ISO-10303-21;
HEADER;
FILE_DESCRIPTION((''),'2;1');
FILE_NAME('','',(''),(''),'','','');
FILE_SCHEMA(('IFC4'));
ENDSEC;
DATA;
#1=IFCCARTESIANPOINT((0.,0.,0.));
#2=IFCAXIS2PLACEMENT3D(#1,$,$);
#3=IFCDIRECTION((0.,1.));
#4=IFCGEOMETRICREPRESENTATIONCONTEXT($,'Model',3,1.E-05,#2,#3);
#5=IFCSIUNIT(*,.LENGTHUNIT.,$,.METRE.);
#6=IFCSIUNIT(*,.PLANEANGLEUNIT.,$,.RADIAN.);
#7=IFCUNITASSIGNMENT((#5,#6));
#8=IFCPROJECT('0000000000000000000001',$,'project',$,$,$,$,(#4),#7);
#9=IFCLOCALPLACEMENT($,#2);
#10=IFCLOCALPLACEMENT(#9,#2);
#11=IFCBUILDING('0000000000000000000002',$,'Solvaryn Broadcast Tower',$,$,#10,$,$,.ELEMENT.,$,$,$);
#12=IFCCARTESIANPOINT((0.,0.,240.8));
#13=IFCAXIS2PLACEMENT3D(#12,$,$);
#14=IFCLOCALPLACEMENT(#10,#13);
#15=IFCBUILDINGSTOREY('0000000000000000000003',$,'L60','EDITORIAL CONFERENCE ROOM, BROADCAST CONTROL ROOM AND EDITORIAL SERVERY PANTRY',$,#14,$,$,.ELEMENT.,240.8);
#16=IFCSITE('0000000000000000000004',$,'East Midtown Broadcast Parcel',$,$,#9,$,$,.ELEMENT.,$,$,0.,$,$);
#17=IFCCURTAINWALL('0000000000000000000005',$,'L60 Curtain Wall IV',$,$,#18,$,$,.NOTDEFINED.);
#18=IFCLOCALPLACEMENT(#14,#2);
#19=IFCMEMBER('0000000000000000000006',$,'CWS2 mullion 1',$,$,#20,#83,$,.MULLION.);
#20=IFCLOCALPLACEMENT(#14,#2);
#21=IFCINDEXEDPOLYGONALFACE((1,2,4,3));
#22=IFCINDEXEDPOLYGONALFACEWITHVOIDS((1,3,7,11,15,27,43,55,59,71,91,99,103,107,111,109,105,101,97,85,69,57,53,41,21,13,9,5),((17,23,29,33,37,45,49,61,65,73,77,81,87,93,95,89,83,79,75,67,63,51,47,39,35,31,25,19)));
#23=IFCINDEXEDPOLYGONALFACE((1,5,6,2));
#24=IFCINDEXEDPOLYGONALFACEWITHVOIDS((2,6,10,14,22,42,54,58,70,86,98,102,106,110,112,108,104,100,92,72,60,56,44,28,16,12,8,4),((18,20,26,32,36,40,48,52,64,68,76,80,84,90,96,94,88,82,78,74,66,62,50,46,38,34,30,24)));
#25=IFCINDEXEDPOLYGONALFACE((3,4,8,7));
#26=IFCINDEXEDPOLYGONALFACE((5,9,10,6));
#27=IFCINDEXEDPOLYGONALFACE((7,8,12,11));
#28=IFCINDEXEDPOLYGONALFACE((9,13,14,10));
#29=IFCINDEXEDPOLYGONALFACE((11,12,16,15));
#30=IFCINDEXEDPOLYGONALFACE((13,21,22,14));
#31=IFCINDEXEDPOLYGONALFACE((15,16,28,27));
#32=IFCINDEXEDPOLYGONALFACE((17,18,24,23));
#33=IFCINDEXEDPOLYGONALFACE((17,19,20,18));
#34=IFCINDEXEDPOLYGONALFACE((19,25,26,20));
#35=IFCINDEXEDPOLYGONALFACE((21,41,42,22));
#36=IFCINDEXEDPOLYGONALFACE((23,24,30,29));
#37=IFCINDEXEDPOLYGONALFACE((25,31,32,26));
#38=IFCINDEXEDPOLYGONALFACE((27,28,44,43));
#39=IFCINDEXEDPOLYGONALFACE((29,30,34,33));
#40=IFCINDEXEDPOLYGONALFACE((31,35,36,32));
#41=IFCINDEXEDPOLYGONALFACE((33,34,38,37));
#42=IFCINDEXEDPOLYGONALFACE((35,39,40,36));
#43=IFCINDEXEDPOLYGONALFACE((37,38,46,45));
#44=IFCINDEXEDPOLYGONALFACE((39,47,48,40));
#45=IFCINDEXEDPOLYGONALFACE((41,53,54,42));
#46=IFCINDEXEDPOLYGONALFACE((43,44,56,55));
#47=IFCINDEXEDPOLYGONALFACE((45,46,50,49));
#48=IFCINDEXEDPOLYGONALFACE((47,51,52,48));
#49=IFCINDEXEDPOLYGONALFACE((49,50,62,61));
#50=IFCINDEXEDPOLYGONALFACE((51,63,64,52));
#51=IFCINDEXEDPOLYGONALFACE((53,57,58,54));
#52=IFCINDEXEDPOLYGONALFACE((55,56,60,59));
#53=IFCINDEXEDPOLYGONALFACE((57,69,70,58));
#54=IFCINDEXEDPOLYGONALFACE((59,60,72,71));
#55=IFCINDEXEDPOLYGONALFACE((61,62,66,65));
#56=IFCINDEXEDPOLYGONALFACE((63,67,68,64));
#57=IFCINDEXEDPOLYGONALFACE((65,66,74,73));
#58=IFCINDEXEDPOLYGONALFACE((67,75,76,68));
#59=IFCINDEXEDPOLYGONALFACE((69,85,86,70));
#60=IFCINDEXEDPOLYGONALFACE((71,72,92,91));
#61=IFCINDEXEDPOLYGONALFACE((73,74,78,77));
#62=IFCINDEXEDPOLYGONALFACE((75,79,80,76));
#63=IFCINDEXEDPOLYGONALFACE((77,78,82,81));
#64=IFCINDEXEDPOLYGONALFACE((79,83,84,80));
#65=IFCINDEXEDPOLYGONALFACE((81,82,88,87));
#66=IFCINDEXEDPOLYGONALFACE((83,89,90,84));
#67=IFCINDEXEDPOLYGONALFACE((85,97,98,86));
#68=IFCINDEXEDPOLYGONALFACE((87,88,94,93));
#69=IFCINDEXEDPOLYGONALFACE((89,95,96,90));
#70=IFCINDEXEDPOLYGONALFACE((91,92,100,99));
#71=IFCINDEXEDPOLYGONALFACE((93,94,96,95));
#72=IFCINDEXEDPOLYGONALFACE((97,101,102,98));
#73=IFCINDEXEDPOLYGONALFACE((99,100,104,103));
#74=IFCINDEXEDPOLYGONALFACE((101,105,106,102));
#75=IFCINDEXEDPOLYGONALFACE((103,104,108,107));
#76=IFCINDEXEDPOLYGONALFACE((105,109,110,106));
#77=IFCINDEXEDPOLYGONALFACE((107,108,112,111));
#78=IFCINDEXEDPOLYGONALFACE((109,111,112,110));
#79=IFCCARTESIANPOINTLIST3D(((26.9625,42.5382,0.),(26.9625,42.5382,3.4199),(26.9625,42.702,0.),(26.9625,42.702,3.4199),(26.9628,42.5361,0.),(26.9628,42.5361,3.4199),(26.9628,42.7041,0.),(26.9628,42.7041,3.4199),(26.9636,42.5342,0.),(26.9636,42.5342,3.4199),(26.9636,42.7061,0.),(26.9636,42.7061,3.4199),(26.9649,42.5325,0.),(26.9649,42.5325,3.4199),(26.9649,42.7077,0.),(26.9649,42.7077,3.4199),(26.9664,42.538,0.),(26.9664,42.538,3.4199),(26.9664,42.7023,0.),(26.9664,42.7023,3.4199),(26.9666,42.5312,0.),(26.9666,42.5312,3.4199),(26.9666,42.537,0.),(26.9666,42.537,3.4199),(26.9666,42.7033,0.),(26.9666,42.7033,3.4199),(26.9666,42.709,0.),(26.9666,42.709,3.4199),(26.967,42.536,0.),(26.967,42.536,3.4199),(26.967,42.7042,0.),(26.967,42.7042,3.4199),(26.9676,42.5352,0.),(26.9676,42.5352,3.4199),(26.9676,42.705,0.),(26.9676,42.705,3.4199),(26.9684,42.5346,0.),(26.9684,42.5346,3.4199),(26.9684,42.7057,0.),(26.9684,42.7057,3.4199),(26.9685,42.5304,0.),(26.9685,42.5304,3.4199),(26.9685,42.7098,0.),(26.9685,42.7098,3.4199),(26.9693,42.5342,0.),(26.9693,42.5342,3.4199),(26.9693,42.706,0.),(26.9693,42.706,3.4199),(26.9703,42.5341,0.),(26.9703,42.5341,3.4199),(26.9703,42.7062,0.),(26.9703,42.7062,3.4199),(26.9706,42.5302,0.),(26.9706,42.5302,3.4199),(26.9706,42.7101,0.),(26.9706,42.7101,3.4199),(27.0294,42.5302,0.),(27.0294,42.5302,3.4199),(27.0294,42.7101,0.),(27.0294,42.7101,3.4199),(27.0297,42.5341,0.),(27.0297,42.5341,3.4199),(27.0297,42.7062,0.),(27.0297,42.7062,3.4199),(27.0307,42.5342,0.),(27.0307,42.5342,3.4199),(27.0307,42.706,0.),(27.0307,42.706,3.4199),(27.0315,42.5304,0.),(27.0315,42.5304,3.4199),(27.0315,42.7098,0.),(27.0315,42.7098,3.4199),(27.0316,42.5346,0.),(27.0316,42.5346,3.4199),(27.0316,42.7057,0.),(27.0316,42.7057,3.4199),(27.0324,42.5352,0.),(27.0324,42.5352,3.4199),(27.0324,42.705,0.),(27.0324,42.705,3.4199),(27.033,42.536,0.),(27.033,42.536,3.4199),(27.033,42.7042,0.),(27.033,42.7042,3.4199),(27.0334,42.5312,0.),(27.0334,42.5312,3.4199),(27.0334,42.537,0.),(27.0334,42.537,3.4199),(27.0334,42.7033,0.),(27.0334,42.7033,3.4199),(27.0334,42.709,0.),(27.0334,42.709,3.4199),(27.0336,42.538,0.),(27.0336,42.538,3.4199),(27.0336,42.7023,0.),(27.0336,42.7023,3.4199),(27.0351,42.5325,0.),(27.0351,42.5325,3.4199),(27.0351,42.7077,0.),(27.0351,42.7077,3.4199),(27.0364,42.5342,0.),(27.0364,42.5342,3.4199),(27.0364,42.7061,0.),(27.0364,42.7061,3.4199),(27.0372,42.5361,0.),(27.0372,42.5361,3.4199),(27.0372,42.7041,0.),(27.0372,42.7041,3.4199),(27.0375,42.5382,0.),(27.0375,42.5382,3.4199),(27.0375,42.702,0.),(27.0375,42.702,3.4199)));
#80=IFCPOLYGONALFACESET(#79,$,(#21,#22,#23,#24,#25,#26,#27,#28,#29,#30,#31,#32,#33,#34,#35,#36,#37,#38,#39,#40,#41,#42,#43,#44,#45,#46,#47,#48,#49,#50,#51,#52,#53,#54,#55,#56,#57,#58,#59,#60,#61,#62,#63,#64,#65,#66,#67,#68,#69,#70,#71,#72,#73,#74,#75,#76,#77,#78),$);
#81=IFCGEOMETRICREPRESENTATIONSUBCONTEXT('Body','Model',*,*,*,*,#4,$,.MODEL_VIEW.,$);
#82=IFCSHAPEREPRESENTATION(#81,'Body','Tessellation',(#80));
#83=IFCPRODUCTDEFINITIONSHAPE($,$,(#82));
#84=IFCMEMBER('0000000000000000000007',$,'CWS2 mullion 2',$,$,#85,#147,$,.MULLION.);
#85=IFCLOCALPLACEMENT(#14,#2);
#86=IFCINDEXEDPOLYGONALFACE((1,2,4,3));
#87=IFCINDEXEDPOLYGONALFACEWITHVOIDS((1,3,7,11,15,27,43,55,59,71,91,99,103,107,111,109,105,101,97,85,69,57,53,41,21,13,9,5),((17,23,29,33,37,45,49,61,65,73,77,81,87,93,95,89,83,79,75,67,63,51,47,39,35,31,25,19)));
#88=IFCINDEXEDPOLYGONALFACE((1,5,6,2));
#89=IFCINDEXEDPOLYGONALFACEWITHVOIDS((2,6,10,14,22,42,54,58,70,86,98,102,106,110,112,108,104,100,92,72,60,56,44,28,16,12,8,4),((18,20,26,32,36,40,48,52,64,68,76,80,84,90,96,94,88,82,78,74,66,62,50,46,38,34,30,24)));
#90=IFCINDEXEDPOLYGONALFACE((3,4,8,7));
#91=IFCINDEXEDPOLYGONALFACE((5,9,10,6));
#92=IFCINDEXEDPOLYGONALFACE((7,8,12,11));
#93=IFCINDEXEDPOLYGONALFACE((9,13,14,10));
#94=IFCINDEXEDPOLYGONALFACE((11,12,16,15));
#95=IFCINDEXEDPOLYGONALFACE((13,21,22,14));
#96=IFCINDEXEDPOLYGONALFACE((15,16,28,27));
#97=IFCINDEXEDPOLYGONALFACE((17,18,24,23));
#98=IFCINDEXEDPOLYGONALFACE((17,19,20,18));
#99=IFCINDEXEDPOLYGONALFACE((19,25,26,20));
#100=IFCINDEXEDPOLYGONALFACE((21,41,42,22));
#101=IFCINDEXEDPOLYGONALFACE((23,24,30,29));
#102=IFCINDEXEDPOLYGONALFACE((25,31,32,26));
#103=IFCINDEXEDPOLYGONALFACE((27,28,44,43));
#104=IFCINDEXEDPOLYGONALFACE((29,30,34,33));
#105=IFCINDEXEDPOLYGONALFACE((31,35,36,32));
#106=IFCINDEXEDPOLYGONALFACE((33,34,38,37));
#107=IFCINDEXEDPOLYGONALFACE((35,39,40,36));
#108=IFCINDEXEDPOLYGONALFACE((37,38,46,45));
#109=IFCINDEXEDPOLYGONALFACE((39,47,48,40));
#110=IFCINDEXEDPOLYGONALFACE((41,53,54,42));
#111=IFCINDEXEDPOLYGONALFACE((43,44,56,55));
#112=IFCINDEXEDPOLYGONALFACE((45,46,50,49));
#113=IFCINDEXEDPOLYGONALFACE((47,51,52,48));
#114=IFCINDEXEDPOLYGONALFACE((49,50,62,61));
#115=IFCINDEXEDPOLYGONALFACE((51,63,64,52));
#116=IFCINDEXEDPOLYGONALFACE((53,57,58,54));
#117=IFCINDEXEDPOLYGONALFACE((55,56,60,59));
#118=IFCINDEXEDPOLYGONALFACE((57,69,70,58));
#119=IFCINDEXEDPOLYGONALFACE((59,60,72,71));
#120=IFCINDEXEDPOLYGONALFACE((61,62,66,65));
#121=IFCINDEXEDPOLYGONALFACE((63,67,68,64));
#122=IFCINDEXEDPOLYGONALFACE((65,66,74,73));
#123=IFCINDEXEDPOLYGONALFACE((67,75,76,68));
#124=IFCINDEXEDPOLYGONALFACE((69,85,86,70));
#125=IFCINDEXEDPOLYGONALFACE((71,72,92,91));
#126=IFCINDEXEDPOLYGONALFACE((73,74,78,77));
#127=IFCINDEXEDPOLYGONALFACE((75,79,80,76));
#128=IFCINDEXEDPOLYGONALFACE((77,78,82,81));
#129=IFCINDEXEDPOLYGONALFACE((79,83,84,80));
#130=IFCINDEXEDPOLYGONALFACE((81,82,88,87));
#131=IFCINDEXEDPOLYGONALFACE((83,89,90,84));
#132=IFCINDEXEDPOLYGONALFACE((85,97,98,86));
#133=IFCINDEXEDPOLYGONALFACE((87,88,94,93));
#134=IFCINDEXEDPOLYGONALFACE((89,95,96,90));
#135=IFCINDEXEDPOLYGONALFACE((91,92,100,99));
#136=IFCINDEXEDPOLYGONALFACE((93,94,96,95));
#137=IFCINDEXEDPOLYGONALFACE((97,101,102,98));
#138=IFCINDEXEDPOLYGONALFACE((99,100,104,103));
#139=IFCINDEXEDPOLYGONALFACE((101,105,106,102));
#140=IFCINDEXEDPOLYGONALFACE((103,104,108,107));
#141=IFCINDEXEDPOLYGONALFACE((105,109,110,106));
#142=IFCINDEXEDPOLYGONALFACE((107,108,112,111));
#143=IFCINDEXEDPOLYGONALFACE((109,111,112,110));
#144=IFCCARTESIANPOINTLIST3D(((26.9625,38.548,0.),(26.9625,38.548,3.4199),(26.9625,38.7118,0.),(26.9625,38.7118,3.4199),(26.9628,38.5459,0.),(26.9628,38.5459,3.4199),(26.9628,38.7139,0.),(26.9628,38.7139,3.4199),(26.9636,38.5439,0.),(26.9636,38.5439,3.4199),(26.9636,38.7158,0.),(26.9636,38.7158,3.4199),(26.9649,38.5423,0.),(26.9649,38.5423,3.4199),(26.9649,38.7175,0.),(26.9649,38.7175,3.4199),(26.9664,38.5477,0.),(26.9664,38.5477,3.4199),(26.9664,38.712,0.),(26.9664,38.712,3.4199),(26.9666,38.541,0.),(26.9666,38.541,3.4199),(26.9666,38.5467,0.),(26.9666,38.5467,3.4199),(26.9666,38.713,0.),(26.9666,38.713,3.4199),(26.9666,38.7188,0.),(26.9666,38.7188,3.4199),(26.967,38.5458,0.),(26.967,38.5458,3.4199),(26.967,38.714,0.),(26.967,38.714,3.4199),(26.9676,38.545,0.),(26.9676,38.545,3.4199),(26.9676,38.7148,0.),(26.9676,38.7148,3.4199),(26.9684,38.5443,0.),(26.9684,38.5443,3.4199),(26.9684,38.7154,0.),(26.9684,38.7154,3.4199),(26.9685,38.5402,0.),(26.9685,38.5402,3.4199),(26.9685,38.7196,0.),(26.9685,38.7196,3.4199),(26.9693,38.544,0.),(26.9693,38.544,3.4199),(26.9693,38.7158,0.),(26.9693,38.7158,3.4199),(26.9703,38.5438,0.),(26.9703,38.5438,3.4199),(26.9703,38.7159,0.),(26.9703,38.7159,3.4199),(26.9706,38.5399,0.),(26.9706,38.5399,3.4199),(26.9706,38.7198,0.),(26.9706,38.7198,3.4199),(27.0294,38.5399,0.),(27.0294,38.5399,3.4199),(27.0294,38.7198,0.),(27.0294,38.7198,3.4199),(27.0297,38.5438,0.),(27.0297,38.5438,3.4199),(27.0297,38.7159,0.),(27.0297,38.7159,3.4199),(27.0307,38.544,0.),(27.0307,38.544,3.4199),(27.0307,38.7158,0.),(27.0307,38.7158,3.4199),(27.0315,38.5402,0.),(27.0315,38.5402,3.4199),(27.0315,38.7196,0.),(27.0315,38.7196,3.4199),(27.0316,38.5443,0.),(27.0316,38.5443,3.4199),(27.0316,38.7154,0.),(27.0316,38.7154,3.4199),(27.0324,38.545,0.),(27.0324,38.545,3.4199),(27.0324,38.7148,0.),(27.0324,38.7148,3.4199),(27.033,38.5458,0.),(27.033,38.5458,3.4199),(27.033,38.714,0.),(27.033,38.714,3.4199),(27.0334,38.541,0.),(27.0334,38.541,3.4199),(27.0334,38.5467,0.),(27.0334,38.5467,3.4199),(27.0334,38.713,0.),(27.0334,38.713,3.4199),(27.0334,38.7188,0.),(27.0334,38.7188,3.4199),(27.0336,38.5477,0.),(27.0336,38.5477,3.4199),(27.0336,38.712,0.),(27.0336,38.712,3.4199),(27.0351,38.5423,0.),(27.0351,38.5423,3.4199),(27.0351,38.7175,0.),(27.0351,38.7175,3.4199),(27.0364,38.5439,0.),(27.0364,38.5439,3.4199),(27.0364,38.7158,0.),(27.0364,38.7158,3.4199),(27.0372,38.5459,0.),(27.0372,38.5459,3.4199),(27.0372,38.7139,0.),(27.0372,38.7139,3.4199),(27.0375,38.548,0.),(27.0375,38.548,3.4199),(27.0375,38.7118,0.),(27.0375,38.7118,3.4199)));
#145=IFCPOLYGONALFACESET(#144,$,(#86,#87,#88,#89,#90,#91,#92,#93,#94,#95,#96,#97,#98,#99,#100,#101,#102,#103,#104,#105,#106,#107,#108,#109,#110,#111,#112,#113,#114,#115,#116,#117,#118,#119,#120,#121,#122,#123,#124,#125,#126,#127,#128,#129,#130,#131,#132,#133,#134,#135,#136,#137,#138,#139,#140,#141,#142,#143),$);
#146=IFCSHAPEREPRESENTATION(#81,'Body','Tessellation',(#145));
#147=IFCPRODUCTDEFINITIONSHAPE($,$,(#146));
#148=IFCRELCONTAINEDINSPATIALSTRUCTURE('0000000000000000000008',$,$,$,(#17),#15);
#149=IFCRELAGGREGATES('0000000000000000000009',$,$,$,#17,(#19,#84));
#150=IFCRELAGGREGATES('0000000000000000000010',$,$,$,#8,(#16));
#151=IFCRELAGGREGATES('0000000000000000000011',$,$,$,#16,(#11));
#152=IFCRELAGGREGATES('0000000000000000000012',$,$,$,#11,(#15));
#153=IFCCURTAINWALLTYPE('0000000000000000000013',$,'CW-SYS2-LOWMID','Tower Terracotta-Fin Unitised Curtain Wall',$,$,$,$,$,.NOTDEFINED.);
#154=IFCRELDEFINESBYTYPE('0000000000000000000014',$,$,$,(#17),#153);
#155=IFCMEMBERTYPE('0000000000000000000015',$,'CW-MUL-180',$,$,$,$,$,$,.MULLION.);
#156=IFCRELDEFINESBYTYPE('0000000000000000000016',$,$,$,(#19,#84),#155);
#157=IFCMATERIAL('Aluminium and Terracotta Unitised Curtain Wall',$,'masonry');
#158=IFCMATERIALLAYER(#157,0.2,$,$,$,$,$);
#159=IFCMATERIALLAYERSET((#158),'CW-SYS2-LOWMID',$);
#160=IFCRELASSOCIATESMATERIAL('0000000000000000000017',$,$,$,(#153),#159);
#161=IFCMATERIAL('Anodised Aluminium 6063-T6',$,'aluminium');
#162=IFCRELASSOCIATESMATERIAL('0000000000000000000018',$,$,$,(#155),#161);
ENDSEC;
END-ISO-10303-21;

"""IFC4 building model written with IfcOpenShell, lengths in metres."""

from ifc_helpers import new_model, si_unit, direction, frame, origin, origin_2d, place, context, subcontext, project, spatial, hollow_rectangle, extrude, material, layer, layer_set, material_profile, profile_set, type_object, element, aggregate, save


model = new_model("IFC4")

# Units and contexts
model_context = context("Model", 3, precision=1e-05, world=origin(), true_north=direction((0.0, 1.0)))
body_context = subcontext(model_context, "Body", "Model", "MODEL_VIEW")
ifc_project = project(units=[si_unit("LENGTHUNIT", "METRE"), si_unit("PLANEANGLEUNIT", "RADIAN")], contexts=[model_context])

# Site, building, storey
site_placement = place(None, origin())
site = spatial("IfcSite", under=ifc_project, at=site_placement, Name="East Midtown Broadcast Parcel", CompositionType="ELEMENT", RefElevation=0.0)
building_placement = place(site_placement, origin())
building = spatial("IfcBuilding", under=site, at=building_placement, Name="Solvaryn Broadcast Tower", CompositionType="ELEMENT")
storey_placement = place(building_placement, frame((0.0, 0.0, 240.8)))
storey = spatial("IfcBuildingStorey", under=building, at=storey_placement, Name="L60", Description="EDITORIAL CONFERENCE ROOM, BROADCAST CONTROL ROOM AND EDITORIAL SERVERY PANTRY", CompositionType="ELEMENT", Elevation=240.8)

# Curtain wall, members
ifc_material_1 = material(Name="Aluminium and Terracotta Unitised Curtain Wall", Category="masonry")
ifc_layer_1 = layer(ifc_material_1, 0.2)
ifc_layer_set_1 = layer_set([ifc_layer_1], Name="CW-SYS2-LOWMID")
curtain_wall_type = type_object("IfcCurtainWallType", Name="CW-SYS2-LOWMID", Description="Tower Terracotta-Fin Unitised Curtain Wall", PredefinedType="NOTDEFINED", material=ifc_layer_set_1)
curtain_wall_1_placement = place(storey_placement, origin())
curtain_wall_1 = element("IfcCurtainWall", 1, at=curtain_wall_1_placement, inside=storey, type_object=curtain_wall_type, Name="L60 Curtain Wall IV", PredefinedType="NOTDEFINED")
ifc_material_2 = material(Name="Anodised Aluminium 6063-T6", Category="aluminium")
ifc_material_profile_1 = material_profile(ifc_material_2, hollow_rectangle(XDim=0.075, YDim=0.1799, WallThickness=0.0039, InnerFilletRadius=0.0039, OuterFilletRadius=0.0081, at=origin_2d()))
ifc_profile_set_1 = profile_set([ifc_material_profile_1], Name="Anodised Aluminium 6063-T6")
member_type_1 = type_object("IfcMemberType", Name="CW-MUL-180", PredefinedType="MULLION", material=ifc_profile_set_1)
member_1_placement = place(storey_placement, frame((27.0, 42.6201, 0.0), z_axis=(0.0, 0.0, 1.0), x_axis=(1.0, 0.0, 0.0)))
member_1 = element("IfcMember", 2, at=member_1_placement, type_object=member_type_1, Name="CWS2 mullion 1", PredefinedType="MULLION", context=body_context, shape_type="SweptSolid", body=[
    extrude(hollow_rectangle(XDim=0.075, YDim=0.1799, WallThickness=0.0039, InnerFilletRadius=0.0039, OuterFilletRadius=0.0081, at=origin_2d()), origin(), (0.0, 0.0, 1.0), 3.4199),
])
member_2_placement = place(storey_placement, frame((27.0, 38.6299, 0.0), z_axis=(0.0, 0.0, 1.0), x_axis=(1.0, 0.0, 0.0)))
member_2 = element("IfcMember", 3, at=member_2_placement, type_object=member_type_1, Name="CWS2 mullion 2", PredefinedType="MULLION", context=body_context, shape_type="SweptSolid", body=[
    extrude(hollow_rectangle(XDim=0.075, YDim=0.1799, WallThickness=0.0039, InnerFilletRadius=0.0039, OuterFilletRadius=0.0081, at=origin_2d()), origin(), (0.0, 0.0, 1.0), 3.4199),
])

aggregate(curtain_wall_1, [member_1, member_2])

save(model, "model.ifc")
